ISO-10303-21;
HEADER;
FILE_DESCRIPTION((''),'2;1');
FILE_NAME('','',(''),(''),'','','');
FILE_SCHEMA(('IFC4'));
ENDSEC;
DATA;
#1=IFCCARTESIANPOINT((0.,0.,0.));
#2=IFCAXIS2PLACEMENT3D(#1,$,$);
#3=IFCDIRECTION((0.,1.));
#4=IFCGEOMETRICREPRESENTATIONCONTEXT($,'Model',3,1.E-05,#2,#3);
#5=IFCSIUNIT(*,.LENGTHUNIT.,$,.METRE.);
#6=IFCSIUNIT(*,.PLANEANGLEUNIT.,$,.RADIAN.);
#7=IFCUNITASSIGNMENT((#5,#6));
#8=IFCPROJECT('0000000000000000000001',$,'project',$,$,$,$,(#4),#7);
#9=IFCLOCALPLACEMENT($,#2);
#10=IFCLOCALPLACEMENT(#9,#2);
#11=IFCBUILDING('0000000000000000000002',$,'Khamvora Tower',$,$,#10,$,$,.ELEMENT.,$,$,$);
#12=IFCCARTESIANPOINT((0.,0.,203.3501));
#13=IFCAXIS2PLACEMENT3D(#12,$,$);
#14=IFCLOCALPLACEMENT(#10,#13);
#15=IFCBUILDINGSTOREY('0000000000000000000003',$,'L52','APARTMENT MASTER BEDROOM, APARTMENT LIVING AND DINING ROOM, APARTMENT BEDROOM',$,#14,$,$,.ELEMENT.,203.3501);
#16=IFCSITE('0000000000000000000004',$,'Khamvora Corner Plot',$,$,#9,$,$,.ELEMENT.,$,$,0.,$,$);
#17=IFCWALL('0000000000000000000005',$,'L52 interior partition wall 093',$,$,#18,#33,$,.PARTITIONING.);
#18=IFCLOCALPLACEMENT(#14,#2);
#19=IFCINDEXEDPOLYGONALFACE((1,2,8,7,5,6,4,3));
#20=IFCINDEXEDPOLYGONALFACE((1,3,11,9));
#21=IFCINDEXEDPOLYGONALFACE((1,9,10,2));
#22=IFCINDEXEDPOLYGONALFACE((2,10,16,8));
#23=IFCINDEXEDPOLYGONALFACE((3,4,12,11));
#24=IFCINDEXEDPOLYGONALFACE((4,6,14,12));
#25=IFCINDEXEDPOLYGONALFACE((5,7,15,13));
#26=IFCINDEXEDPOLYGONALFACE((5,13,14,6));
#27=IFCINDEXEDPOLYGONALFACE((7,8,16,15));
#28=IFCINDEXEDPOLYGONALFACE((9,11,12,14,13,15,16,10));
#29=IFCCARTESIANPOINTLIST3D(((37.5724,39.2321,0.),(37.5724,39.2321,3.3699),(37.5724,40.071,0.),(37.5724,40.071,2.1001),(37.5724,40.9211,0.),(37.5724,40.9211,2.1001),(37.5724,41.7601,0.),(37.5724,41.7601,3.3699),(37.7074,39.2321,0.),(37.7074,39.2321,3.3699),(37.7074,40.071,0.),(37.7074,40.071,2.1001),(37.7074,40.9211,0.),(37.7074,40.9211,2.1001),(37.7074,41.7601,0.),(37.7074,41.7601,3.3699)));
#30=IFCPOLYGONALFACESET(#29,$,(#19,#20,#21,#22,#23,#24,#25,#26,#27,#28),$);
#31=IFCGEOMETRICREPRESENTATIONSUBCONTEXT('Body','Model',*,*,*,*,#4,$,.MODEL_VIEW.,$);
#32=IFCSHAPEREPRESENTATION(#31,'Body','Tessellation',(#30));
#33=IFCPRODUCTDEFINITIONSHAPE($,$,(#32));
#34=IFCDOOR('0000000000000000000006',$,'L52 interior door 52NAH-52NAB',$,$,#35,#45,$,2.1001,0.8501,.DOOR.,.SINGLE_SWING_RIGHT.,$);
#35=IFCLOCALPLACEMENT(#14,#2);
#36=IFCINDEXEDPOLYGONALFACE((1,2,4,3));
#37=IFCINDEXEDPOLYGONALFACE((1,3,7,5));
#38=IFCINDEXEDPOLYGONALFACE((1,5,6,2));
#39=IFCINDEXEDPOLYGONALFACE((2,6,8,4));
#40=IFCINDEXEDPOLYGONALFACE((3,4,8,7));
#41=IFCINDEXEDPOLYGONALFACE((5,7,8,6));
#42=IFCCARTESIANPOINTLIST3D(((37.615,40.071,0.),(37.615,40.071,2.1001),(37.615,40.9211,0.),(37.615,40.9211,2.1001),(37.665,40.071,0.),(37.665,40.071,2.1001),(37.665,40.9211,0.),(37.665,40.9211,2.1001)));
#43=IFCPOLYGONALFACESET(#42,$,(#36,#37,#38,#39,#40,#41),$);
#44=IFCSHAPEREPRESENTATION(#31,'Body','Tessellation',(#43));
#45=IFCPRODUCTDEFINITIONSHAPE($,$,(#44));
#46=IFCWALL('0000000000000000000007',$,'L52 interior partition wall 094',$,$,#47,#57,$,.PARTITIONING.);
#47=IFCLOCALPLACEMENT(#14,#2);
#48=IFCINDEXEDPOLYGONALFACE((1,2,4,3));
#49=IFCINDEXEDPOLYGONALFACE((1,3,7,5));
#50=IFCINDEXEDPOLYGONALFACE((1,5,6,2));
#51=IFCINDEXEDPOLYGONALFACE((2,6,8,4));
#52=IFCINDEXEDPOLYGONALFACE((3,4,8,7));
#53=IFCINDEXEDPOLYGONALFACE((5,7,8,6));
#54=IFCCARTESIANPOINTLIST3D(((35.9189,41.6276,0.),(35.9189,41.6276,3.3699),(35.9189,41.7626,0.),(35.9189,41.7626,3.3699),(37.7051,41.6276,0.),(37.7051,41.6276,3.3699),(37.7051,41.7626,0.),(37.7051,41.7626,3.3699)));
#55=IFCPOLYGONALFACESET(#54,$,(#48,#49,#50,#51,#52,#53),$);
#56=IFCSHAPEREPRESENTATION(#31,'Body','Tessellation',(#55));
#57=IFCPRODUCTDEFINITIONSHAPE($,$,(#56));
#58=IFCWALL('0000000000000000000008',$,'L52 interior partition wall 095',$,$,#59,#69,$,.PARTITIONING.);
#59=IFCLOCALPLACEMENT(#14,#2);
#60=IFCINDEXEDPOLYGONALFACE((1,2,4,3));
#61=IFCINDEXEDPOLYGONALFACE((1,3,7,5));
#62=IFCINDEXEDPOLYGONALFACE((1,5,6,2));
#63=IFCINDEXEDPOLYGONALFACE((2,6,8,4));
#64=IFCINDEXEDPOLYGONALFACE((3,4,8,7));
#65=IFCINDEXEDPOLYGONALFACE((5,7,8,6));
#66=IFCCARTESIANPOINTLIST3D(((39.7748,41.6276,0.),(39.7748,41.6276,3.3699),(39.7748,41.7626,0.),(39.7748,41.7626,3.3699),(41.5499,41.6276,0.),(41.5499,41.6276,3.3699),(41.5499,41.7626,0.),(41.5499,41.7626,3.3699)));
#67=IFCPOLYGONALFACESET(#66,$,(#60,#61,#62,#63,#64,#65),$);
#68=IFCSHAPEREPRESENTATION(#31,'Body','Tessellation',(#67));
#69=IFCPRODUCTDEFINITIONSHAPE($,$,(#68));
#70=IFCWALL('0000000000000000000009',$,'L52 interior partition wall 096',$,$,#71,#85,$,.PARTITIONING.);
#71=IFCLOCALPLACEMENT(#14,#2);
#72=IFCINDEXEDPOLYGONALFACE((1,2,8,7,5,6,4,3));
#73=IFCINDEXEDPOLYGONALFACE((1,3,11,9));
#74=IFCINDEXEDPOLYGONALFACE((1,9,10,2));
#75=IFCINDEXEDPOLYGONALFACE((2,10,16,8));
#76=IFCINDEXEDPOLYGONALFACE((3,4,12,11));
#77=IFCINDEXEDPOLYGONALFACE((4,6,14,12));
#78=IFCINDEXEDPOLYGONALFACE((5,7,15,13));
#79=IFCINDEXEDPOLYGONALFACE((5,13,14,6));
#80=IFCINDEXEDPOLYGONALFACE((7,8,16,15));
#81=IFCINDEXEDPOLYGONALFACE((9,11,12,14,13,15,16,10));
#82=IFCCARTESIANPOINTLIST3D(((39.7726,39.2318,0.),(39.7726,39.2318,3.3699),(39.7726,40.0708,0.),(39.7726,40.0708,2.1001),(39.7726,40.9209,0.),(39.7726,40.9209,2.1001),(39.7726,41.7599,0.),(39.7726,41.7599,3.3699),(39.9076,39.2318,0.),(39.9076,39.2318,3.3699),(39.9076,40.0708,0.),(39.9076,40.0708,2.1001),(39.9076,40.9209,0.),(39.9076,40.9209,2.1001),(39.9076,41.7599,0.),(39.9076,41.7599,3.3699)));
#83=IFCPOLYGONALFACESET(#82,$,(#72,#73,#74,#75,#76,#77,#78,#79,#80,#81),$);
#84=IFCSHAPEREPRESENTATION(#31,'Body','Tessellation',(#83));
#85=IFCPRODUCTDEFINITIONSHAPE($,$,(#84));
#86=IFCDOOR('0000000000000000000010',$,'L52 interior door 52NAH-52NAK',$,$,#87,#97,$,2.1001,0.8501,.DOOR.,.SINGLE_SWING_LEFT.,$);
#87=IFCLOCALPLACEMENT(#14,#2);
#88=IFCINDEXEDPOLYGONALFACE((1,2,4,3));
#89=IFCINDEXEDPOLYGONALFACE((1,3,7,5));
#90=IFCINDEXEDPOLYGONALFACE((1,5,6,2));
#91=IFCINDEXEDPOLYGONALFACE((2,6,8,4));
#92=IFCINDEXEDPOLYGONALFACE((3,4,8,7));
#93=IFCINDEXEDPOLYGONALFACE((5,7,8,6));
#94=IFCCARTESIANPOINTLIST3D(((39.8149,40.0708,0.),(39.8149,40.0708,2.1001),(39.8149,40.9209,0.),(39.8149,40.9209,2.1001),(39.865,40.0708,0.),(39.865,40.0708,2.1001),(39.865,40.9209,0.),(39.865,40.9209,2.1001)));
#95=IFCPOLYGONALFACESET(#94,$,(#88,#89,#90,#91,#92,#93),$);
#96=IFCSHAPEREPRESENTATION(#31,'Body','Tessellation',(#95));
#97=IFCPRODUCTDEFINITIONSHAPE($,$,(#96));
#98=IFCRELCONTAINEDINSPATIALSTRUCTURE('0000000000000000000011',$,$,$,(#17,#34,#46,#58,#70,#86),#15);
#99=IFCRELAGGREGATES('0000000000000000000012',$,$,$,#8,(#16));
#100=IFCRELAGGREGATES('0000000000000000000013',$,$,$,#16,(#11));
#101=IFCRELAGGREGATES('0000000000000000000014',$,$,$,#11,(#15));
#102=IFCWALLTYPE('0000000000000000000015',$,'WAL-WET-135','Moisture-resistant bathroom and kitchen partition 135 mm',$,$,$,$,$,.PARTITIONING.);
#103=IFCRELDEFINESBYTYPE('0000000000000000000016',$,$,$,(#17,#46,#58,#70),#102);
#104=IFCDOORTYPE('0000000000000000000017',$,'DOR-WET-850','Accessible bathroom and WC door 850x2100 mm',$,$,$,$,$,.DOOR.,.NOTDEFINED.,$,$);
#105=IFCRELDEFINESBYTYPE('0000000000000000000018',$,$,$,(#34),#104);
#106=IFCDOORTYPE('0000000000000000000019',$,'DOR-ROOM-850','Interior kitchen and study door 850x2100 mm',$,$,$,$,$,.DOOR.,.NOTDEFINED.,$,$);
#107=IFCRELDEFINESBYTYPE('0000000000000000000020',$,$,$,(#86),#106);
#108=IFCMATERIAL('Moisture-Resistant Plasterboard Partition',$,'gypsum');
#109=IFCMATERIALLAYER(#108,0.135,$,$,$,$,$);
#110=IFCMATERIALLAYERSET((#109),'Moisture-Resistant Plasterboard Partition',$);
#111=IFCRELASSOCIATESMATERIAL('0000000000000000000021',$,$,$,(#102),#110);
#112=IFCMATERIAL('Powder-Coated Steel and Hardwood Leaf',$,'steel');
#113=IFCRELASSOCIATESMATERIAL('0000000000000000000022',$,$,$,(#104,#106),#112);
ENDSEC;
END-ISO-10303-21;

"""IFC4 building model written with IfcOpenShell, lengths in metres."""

from ifc_helpers import new_model, si_unit, direction, frame, frame_2d, origin, place, context, subcontext, project, spatial, rectangle, extrude, material, layer, layer_set, type_object, element, fill, save


model = new_model("IFC4")

# Units and contexts
model_context = context("Model", 3, precision=1e-05, world=origin(), true_north=direction((0.0, 1.0)))
body_context = subcontext(model_context, "Body", "Model", "MODEL_VIEW")
ifc_project = project(units=[si_unit("LENGTHUNIT", "METRE"), si_unit("PLANEANGLEUNIT", "RADIAN")], contexts=[model_context])

# Site, building, storey
site_placement = place(None, origin())
site = spatial("IfcSite", under=ifc_project, at=site_placement, Name="Khamvora Corner Plot", CompositionType="ELEMENT", RefElevation=0.0)
building_placement = place(site_placement, origin())
building = spatial("IfcBuilding", under=site, at=building_placement, Name="Khamvora Tower", CompositionType="ELEMENT")
storey_placement = place(building_placement, frame((0.0, 0.0, 203.3501)))
storey = spatial("IfcBuildingStorey", under=building, at=storey_placement, Name="L52", Description="APARTMENT MASTER BEDROOM, APARTMENT LIVING AND DINING ROOM, APARTMENT BEDROOM", CompositionType="ELEMENT", Elevation=203.3501)

# Shared definitions
ifc_material_1 = material(Name="Powder-Coated Steel and Hardwood Leaf", Category="steel")

# Shared definitions
ifc_material_2 = material(Name="Moisture-Resistant Plasterboard Partition", Category="gypsum")
ifc_layer_1 = layer(ifc_material_2, 0.135)
ifc_layer_set_1 = layer_set([ifc_layer_1], Name="Moisture-Resistant Plasterboard Partition")
wall_type_1 = type_object("IfcWallType", Name="WAL-WET-135", Description="Moisture-resistant bathroom and kitchen partition 135 mm", PredefinedType="PARTITIONING", material=ifc_layer_set_1)

# Wall, opening, door
wall_1_placement = place(storey_placement, frame((37.6399, 39.2319, 0.0), z_axis=(0.0, 0.0, 1.0), x_axis=(0.0, 1.0, 0.0)))
wall_1 = element("IfcWall", 1, at=wall_1_placement, inside=storey, type_object=wall_type_1, Name="L52 interior partition wall 093", PredefinedType="PARTITIONING", context=body_context, shape_type="SweptSolid", body=[
    extrude(rectangle(XDim=2.5281, YDim=0.135, at=frame_2d((1.2642, 0.0))), origin(), (0.0, 0.0, 1.0), 3.3699),
])
opening_1_placement = place(wall_1_placement, frame((0.8391, 0.0, 0.0)))
opening_1 = element("IfcOpeningElement", 2, at=opening_1_placement, cuts=wall_1, PredefinedType="OPENING", context=body_context, shape_type="SweptSolid", body=[
    extrude(rectangle(XDim=0.8501, YDim=2.1001, at=frame_2d((0.425, 1.05))), frame((0.0, 0.0774, 0.0), z_axis=(0.0, -1.0, 0.0), x_axis=(1.0, 0.0, 0.0)), (0.0, 0.0, 1.0), 0.155),
])
door_type_1 = type_object("IfcDoorType", Name="DOR-WET-850", Description="Accessible bathroom and WC door 850x2100 mm", OperationType="NOTDEFINED", PredefinedType="DOOR", material=ifc_material_1)
door_1_placement = place(opening_1_placement, origin())
door_1 = element("IfcDoor", 3, at=door_1_placement, inside=storey, type_object=door_type_1, Name="L52 interior door 52NAH-52NAB", OperationType="SINGLE_SWING_RIGHT", OverallHeight=2.1001, OverallWidth=0.8501, PredefinedType="DOOR", context=body_context, shape_type="SweptSolid", body=[
    extrude(rectangle(XDim=0.8501, YDim=2.1001, at=frame_2d((0.425, 1.05))), frame((0.0, 0.0249, 0.0), z_axis=(0.0, -1.0, 0.0), x_axis=(1.0, 0.0, 0.0)), (0.0, 0.0, 1.0), 0.05),
])
fill(opening_1, door_1)

# Walls
wall_2_placement = place(storey_placement, frame((37.7051, 41.6951, 0.0), z_axis=(0.0, 0.0, 1.0), x_axis=(-1.0, 0.0, 0.0)))
element("IfcWall", 4, at=wall_2_placement, inside=storey, type_object=wall_type_1, Name="L52 interior partition wall 094", PredefinedType="PARTITIONING", context=body_context, shape_type="SweptSolid", body=[
    extrude(rectangle(XDim=1.7861, YDim=0.135, at=frame_2d((0.8931, 0.0))), origin(), (0.0, 0.0, 1.0), 3.3699),
])
wall_3_placement = place(storey_placement, frame((41.55, 41.6951, 0.0), z_axis=(0.0, 0.0, 1.0), x_axis=(-1.0, 0.0, 0.0)))
element("IfcWall", 5, at=wall_3_placement, inside=storey, type_object=wall_type_1, Name="L52 interior partition wall 095", PredefinedType="PARTITIONING", context=body_context, shape_type="SweptSolid", body=[
    extrude(rectangle(XDim=1.7751, YDim=0.135, at=frame_2d((0.8877, 0.0))), origin(), (0.0, 0.0, 1.0), 3.3699),
])

# Wall, opening, door
wall_4_placement = place(storey_placement, frame((39.8401, 41.76, 0.0), z_axis=(0.0, 0.0, 1.0), x_axis=(0.0, -1.0, 0.0)))
wall_4 = element("IfcWall", 6, at=wall_4_placement, inside=storey, type_object=wall_type_1, Name="L52 interior partition wall 096", PredefinedType="PARTITIONING", context=body_context, shape_type="SweptSolid", body=[
    extrude(rectangle(XDim=2.5281, YDim=0.135, at=frame_2d((1.2642, 0.0))), origin(), (0.0, 0.0, 1.0), 3.3699),
])
opening_2_placement = place(wall_4_placement, frame((0.8391, 0.0, 0.0)))
opening_2 = element("IfcOpeningElement", 7, at=opening_2_placement, cuts=wall_4, PredefinedType="OPENING", context=body_context, shape_type="SweptSolid", body=[
    extrude(rectangle(XDim=0.8501, YDim=2.1001, at=frame_2d((0.425, 1.05))), frame((0.0, 0.0774, 0.0), z_axis=(0.0, -1.0, 0.0), x_axis=(1.0, 0.0, 0.0)), (0.0, 0.0, 1.0), 0.155),
])
door_type_2 = type_object("IfcDoorType", Name="DOR-ROOM-850", Description="Interior kitchen and study door 850x2100 mm", OperationType="NOTDEFINED", PredefinedType="DOOR", material=ifc_material_1)
door_2_placement = place(opening_2_placement, origin())
door_2 = element("IfcDoor", 8, at=door_2_placement, inside=storey, type_object=door_type_2, Name="L52 interior door 52NAH-52NAK", OperationType="SINGLE_SWING_LEFT", OverallHeight=2.1001, OverallWidth=0.8501, PredefinedType="DOOR", context=body_context, shape_type="SweptSolid", body=[
    extrude(rectangle(XDim=0.8501, YDim=2.1001, at=frame_2d((0.425, 1.05))), frame((0.0, 0.0249, 0.0), z_axis=(0.0, -1.0, 0.0), x_axis=(1.0, 0.0, 0.0)), (0.0, 0.0, 1.0), 0.05),
])
fill(opening_2, door_2)

save(model, "model.ifc")
